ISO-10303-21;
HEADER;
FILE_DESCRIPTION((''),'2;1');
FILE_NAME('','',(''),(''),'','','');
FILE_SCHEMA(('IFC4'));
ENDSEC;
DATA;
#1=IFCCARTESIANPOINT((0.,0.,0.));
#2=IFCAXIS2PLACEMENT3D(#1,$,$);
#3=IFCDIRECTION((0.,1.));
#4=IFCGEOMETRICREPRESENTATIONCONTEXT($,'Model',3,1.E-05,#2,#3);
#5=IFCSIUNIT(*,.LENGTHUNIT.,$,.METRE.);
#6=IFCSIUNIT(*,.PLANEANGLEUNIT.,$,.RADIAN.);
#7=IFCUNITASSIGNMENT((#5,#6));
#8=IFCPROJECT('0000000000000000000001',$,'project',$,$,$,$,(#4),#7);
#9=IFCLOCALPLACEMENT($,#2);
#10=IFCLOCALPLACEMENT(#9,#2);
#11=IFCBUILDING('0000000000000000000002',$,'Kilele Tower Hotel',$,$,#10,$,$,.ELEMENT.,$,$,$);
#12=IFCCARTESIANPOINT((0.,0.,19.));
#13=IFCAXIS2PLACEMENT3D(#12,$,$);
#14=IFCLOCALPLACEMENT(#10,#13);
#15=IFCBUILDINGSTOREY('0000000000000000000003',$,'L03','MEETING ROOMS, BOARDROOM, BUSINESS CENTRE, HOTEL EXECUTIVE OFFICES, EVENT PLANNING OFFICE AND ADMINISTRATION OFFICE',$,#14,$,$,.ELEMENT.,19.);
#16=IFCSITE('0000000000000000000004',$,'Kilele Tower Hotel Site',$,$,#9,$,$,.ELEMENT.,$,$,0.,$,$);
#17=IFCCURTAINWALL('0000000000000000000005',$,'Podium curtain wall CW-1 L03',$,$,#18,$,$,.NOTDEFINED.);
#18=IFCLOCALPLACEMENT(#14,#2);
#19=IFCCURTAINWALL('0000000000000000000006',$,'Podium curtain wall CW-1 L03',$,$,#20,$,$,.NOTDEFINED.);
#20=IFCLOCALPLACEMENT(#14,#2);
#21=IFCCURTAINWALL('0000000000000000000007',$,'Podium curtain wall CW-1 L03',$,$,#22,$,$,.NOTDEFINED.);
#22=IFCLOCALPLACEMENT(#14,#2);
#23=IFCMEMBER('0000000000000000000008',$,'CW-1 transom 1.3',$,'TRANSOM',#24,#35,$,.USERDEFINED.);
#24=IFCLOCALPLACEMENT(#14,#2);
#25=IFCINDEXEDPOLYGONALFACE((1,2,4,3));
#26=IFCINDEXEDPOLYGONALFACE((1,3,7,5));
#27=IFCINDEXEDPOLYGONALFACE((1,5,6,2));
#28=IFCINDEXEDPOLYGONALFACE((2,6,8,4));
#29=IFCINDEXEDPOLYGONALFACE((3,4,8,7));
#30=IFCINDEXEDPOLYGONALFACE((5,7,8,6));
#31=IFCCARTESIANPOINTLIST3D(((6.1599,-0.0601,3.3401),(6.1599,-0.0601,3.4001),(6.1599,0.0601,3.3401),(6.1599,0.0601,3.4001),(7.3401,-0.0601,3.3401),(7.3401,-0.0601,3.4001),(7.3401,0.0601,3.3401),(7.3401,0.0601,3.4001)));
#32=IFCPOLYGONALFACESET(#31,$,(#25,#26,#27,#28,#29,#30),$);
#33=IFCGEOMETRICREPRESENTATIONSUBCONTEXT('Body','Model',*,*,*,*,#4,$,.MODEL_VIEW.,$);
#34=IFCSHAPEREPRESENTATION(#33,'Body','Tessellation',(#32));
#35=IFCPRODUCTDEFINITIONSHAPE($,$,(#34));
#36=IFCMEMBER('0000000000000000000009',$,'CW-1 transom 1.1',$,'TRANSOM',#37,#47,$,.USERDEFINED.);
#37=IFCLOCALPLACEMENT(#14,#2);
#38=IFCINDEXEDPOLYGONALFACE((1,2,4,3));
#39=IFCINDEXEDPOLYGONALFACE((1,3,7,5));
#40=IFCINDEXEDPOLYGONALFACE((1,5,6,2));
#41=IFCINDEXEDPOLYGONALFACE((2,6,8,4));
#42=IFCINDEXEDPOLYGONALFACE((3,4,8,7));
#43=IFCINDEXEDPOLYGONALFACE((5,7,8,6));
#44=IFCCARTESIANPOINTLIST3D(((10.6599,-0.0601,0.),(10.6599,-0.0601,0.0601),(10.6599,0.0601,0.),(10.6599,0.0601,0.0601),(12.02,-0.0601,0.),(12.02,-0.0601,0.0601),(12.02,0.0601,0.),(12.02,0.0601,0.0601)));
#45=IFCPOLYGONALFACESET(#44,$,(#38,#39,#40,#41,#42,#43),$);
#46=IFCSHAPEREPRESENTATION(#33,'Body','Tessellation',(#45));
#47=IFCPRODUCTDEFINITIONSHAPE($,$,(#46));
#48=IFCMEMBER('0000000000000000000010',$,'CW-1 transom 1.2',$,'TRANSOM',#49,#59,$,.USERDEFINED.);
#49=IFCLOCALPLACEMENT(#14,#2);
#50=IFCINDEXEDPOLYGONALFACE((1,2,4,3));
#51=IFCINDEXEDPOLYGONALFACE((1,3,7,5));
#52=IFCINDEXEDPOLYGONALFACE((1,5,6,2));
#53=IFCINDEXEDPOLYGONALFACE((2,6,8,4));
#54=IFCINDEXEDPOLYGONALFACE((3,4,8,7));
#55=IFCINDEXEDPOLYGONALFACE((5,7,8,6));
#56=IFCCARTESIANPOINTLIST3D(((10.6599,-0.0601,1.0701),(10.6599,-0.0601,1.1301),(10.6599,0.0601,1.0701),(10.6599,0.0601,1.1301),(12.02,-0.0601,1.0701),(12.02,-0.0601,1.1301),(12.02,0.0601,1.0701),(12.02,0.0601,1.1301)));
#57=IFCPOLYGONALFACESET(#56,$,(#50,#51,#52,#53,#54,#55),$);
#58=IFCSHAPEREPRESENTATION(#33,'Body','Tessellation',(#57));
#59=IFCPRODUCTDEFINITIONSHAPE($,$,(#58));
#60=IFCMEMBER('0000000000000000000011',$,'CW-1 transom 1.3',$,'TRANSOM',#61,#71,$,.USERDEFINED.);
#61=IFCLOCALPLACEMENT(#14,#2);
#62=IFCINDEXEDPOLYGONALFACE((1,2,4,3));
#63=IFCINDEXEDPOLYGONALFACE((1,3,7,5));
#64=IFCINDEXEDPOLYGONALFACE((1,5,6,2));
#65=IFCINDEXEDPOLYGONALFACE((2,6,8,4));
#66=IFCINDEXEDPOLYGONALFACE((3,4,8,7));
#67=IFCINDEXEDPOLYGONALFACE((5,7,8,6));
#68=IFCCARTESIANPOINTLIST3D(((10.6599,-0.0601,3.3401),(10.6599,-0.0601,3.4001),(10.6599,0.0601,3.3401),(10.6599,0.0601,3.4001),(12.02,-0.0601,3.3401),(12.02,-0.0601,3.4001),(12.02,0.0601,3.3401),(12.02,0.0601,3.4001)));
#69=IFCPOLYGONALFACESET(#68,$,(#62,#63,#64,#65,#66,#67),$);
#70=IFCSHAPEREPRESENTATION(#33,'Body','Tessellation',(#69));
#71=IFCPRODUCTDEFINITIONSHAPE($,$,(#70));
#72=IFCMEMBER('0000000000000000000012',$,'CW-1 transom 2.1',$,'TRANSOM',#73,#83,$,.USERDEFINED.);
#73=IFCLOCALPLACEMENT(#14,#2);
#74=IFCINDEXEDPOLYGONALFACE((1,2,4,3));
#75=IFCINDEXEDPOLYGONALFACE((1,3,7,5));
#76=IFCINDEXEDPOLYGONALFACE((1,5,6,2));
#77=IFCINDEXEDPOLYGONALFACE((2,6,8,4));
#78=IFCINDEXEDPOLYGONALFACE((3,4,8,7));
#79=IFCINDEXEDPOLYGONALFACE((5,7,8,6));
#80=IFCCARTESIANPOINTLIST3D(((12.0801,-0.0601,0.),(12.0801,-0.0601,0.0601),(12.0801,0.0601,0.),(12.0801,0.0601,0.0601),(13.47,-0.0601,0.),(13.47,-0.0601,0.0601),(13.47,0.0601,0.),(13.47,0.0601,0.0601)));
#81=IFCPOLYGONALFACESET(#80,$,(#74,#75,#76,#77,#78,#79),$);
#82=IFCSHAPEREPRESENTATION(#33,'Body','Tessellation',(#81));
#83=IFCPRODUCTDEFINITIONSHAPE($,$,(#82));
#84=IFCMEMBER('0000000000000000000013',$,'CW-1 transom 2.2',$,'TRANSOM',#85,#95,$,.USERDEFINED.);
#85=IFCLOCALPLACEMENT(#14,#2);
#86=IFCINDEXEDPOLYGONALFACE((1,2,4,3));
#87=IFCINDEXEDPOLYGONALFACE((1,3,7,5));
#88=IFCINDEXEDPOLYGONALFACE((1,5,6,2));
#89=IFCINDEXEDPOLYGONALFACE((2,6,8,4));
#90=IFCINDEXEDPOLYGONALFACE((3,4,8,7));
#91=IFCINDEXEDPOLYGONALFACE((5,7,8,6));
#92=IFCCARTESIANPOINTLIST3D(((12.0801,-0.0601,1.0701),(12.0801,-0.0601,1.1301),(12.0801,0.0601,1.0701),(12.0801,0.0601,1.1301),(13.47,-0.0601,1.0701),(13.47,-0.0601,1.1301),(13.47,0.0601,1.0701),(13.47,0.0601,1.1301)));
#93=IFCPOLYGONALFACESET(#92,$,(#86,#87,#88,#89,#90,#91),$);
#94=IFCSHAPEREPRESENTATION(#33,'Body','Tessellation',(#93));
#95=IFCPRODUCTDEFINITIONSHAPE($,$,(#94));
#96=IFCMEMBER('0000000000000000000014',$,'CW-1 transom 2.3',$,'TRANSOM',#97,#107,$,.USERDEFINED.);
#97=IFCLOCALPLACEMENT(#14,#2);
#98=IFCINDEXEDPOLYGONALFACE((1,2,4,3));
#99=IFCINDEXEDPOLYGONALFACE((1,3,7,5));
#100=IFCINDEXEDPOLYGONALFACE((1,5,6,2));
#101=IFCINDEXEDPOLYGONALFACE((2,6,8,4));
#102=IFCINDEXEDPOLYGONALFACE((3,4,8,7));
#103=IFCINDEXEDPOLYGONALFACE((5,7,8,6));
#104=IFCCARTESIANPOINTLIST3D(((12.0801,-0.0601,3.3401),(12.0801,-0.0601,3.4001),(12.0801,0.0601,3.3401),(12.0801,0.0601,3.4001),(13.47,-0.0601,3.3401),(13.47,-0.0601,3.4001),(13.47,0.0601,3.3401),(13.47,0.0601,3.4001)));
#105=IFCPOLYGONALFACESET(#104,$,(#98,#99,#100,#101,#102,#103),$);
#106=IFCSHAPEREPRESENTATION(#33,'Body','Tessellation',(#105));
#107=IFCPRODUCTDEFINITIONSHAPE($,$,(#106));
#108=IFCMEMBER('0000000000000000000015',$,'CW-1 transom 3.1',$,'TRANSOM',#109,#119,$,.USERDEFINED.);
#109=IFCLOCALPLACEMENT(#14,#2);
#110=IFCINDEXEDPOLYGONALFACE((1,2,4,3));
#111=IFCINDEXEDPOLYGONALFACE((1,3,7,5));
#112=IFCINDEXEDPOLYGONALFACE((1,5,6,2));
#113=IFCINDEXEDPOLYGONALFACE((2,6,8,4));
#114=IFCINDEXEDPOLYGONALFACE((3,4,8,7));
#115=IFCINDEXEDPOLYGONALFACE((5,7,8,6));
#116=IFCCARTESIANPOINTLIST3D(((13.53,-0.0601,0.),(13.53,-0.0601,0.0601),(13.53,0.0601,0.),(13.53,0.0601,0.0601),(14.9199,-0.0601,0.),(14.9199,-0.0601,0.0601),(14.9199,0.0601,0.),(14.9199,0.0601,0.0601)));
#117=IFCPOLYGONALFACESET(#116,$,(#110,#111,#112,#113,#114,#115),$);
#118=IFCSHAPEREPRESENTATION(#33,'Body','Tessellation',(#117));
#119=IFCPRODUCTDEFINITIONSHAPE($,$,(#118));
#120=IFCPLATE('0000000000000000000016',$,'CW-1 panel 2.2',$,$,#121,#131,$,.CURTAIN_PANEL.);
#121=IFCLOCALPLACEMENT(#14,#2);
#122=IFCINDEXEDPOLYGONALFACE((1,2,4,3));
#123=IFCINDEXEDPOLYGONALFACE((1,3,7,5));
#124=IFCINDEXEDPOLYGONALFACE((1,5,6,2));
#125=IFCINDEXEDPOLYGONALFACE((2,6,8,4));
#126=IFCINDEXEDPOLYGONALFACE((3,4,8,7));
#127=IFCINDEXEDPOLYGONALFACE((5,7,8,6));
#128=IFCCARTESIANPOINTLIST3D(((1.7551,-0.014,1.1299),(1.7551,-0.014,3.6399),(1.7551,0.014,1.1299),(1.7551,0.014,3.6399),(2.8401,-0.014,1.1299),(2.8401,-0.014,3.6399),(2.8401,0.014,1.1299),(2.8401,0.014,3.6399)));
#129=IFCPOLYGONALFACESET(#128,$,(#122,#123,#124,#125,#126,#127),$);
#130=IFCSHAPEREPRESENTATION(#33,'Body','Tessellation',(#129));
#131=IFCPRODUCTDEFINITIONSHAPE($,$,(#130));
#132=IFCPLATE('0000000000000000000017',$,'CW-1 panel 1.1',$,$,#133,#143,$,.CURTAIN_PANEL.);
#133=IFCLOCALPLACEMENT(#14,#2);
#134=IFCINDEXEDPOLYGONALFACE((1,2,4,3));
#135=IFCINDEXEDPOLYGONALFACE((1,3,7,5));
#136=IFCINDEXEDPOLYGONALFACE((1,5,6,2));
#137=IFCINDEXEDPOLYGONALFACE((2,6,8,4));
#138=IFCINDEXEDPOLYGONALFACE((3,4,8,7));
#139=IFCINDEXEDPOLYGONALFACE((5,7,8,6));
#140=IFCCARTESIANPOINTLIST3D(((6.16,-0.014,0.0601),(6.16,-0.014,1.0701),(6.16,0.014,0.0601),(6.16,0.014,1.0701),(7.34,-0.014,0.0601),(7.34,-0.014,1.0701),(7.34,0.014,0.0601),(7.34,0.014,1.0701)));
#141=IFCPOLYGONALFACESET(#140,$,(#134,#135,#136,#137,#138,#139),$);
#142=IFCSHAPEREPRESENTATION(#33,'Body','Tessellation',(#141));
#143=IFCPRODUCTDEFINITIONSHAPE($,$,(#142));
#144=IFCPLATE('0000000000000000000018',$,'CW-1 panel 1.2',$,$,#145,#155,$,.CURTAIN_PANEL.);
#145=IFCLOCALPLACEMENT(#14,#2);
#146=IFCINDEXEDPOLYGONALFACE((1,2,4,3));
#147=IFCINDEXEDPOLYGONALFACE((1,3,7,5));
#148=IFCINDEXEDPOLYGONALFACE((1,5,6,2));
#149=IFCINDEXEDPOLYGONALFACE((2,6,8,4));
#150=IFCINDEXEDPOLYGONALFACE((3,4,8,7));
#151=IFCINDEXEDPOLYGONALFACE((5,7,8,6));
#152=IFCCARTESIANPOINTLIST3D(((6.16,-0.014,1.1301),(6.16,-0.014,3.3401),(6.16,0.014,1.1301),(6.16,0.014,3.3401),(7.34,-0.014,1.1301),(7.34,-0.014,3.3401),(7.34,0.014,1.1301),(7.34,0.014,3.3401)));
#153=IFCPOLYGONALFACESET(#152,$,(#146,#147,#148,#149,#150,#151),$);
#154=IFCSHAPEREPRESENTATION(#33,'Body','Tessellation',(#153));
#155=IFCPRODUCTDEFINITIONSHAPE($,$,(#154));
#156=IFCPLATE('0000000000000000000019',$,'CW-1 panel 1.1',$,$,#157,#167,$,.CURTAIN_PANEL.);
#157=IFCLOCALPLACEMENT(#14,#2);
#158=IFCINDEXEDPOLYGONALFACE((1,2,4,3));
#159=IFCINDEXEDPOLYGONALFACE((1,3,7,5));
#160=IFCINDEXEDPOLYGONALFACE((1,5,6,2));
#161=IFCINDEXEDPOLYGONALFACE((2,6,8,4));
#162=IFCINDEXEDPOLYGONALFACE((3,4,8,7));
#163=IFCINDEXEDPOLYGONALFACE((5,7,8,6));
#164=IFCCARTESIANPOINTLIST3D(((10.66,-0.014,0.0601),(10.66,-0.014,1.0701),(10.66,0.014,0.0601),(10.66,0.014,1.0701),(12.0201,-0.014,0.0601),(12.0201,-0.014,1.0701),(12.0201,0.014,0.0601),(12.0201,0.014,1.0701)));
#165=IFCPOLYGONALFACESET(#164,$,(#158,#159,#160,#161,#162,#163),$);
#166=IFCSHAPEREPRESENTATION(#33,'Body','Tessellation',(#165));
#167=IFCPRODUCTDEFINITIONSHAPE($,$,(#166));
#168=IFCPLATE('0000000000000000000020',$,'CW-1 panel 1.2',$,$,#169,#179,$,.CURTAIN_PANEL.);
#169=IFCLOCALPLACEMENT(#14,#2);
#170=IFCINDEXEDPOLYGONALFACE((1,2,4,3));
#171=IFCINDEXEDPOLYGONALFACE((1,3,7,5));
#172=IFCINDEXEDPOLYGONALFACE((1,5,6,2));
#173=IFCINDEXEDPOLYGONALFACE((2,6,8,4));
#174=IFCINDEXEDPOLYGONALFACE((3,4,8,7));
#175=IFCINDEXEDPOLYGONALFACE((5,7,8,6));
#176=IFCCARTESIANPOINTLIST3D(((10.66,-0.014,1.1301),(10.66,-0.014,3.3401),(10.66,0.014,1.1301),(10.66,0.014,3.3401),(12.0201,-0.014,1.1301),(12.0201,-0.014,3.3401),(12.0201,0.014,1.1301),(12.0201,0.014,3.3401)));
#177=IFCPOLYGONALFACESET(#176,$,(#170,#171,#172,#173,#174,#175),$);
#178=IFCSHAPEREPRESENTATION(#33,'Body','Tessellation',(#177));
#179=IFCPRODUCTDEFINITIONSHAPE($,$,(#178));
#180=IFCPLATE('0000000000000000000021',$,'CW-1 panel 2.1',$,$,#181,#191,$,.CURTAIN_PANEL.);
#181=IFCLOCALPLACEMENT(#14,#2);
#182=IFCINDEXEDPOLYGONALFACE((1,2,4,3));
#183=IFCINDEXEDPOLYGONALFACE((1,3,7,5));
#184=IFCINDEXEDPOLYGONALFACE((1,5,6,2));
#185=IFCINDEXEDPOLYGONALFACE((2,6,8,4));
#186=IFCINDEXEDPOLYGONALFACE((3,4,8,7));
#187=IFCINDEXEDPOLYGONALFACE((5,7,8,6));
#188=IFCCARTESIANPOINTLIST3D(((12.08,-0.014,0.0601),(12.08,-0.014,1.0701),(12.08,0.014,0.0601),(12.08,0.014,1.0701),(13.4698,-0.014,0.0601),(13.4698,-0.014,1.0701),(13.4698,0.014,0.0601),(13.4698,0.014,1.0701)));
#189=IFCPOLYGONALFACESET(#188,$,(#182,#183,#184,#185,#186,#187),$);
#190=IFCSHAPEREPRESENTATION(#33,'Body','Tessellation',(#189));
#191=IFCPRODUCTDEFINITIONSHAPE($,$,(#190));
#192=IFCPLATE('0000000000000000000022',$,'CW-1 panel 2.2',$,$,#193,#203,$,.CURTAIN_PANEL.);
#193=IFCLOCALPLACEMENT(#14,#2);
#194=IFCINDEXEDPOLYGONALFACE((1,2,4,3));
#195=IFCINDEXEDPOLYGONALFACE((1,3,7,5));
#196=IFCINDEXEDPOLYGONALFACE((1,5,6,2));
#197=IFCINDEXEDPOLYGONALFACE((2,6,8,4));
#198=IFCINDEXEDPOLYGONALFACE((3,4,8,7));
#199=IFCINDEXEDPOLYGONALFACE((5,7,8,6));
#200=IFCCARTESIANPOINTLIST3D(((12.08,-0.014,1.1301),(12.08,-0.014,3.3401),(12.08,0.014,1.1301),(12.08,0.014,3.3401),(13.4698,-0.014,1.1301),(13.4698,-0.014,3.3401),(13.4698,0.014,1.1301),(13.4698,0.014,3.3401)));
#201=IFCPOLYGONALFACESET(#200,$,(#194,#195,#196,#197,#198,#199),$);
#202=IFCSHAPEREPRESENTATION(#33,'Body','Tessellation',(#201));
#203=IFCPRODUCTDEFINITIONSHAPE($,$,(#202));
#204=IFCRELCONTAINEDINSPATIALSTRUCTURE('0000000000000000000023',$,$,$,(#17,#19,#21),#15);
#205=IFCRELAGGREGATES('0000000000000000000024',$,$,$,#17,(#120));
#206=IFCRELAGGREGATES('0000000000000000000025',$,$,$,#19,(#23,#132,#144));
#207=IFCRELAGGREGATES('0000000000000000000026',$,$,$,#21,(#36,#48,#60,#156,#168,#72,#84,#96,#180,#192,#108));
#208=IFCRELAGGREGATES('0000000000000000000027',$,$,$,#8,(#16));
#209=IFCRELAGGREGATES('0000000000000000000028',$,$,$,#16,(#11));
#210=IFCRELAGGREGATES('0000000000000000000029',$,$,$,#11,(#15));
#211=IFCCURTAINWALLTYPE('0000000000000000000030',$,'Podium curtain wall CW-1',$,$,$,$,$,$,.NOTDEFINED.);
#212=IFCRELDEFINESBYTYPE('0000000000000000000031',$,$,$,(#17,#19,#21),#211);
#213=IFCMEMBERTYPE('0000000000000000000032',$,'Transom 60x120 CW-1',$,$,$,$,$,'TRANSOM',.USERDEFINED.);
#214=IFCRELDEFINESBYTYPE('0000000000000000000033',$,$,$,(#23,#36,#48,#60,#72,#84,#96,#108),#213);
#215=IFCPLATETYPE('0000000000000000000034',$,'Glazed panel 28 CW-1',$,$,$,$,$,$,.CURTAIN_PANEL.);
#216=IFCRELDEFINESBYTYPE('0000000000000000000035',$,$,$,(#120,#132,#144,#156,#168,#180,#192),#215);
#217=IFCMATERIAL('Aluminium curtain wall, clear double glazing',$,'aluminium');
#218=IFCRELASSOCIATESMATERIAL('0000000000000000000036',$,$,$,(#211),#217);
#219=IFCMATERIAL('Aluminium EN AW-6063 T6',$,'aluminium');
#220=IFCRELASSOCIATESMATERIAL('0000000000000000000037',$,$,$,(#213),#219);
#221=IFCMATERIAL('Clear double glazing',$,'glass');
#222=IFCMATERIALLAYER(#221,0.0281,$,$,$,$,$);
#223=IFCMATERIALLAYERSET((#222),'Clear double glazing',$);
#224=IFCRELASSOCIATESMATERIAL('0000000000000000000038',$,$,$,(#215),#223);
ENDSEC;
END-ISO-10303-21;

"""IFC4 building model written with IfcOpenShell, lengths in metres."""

from ifc_helpers import new_model, si_unit, direction, frame, origin, origin_2d, place, context, subcontext, project, spatial, rectangle, extrude, material, layer, layer_set, material_profile, profile_set, type_object, element, aggregate, save


model = new_model("IFC4")

# Units and contexts
model_context = context("Model", 3, precision=1e-05, world=origin(), true_north=direction((0.0, 1.0)))
body_context = subcontext(model_context, "Body", "Model", "MODEL_VIEW")
ifc_project = project(units=[si_unit("LENGTHUNIT", "METRE"), si_unit("PLANEANGLEUNIT", "RADIAN")], contexts=[model_context])

# Site, building, storey
site_placement = place(None, origin())
site = spatial("IfcSite", under=ifc_project, at=site_placement, Name="Kilele Tower Hotel Site", CompositionType="ELEMENT", RefElevation=0.0)
building_placement = place(site_placement, origin())
building = spatial("IfcBuilding", under=site, at=building_placement, Name="Kilele Tower Hotel", CompositionType="ELEMENT")
storey_placement = place(building_placement, frame((0.0, 0.0, 19.0)))
storey = spatial("IfcBuildingStorey", under=building, at=storey_placement, Name="L03", Description="MEETING ROOMS, BOARDROOM, BUSINESS CENTRE, HOTEL EXECUTIVE OFFICES, EVENT PLANNING OFFICE AND ADMINISTRATION OFFICE", CompositionType="ELEMENT", Elevation=19.0)

# Curtain wall
ifc_material_1 = material(Name="Aluminium curtain wall, clear double glazing", Category="aluminium")
curtain_wall_type = type_object("IfcCurtainWallType", Name="Podium curtain wall CW-1", PredefinedType="NOTDEFINED", material=ifc_material_1)
curtain_wall_1_placement = place(storey_placement, origin())
curtain_wall_1 = element("IfcCurtainWall", 1, at=curtain_wall_1_placement, inside=storey, type_object=curtain_wall_type, Name="Podium curtain wall CW-1 L03", PredefinedType="NOTDEFINED")

# Curtain walls
curtain_wall_2_placement = place(storey_placement, origin())
curtain_wall_2 = element("IfcCurtainWall", 2, at=curtain_wall_2_placement, inside=storey, type_object=curtain_wall_type, Name="Podium curtain wall CW-1 L03", PredefinedType="NOTDEFINED")
curtain_wall_3_placement = place(storey_placement, origin())
curtain_wall_3 = element("IfcCurtainWall", 3, at=curtain_wall_3_placement, inside=storey, type_object=curtain_wall_type, Name="Podium curtain wall CW-1 L03", PredefinedType="NOTDEFINED")

# Members
ifc_material_2 = material(Name="Aluminium EN AW-6063 T6", Category="aluminium")
ifc_material_profile_1 = material_profile(ifc_material_2, rectangle(XDim=0.1201, YDim=0.0601, at=origin_2d()))
ifc_profile_set_1 = profile_set([ifc_material_profile_1], Name="Aluminium EN AW-6063 T6")
member_type_1 = type_object("IfcMemberType", Name="Transom 60x120 CW-1", ElementType="TRANSOM", PredefinedType="USERDEFINED", material=ifc_profile_set_1)
member_1_placement = place(storey_placement, frame((6.1599, 0.0, 3.3701), z_axis=(1.0, 0.0, 0.0), x_axis=(0.0, 1.0, 0.0)))
member_1 = element("IfcMember", 4, at=member_1_placement, type_object=member_type_1, Name="CW-1 transom 1.3", ObjectType="TRANSOM", PredefinedType="USERDEFINED", context=body_context, shape_type="SweptSolid", body=[
    extrude(rectangle(XDim=0.1201, YDim=0.0601, at=origin_2d()), origin(), (0.0, 0.0, 1.0), 1.1802),
])
member_2_placement = place(storey_placement, frame((10.6599, 0.0, 0.03), z_axis=(1.0, 0.0, 0.0), x_axis=(0.0, 1.0, 0.0)))
member_2 = element("IfcMember", 5, at=member_2_placement, type_object=member_type_1, Name="CW-1 transom 1.1", ObjectType="TRANSOM", PredefinedType="USERDEFINED", context=body_context, shape_type="SweptSolid", body=[
    extrude(rectangle(XDim=0.1201, YDim=0.0601, at=origin_2d()), origin(), (0.0, 0.0, 1.0), 1.3601),
])
member_3_placement = place(storey_placement, frame((10.6599, 0.0, 1.1001), z_axis=(1.0, 0.0, 0.0), x_axis=(0.0, 1.0, 0.0)))
member_3 = element("IfcMember", 6, at=member_3_placement, type_object=member_type_1, Name="CW-1 transom 1.2", ObjectType="TRANSOM", PredefinedType="USERDEFINED", context=body_context, shape_type="SweptSolid", body=[
    extrude(rectangle(XDim=0.1201, YDim=0.0601, at=origin_2d()), origin(), (0.0, 0.0, 1.0), 1.3601),
])
member_4_placement = place(storey_placement, frame((10.6599, 0.0, 3.3701), z_axis=(1.0, 0.0, 0.0), x_axis=(0.0, 1.0, 0.0)))
member_4 = element("IfcMember", 7, at=member_4_placement, type_object=member_type_1, Name="CW-1 transom 1.3", ObjectType="TRANSOM", PredefinedType="USERDEFINED", context=body_context, shape_type="SweptSolid", body=[
    extrude(rectangle(XDim=0.1201, YDim=0.0601, at=origin_2d()), origin(), (0.0, 0.0, 1.0), 1.3601),
])
member_5_placement = place(storey_placement, frame((12.0801, 0.0, 0.03), z_axis=(1.0, 0.0, 0.0), x_axis=(0.0, 1.0, 0.0)))
member_5 = element("IfcMember", 8, at=member_5_placement, type_object=member_type_1, Name="CW-1 transom 2.1", ObjectType="TRANSOM", PredefinedType="USERDEFINED", context=body_context, shape_type="SweptSolid", body=[
    extrude(rectangle(XDim=0.1201, YDim=0.0601, at=origin_2d()), origin(), (0.0, 0.0, 1.0), 1.3899),
])
member_6_placement = place(storey_placement, frame((12.0801, 0.0, 1.1001), z_axis=(1.0, 0.0, 0.0), x_axis=(0.0, 1.0, 0.0)))
member_6 = element("IfcMember", 9, at=member_6_placement, type_object=member_type_1, Name="CW-1 transom 2.2", ObjectType="TRANSOM", PredefinedType="USERDEFINED", context=body_context, shape_type="SweptSolid", body=[
    extrude(rectangle(XDim=0.1201, YDim=0.0601, at=origin_2d()), origin(), (0.0, 0.0, 1.0), 1.3899),
])
member_7_placement = place(storey_placement, frame((12.0801, 0.0, 3.3701), z_axis=(1.0, 0.0, 0.0), x_axis=(0.0, 1.0, 0.0)))
member_7 = element("IfcMember", 10, at=member_7_placement, type_object=member_type_1, Name="CW-1 transom 2.3", ObjectType="TRANSOM", PredefinedType="USERDEFINED", context=body_context, shape_type="SweptSolid", body=[
    extrude(rectangle(XDim=0.1201, YDim=0.0601, at=origin_2d()), origin(), (0.0, 0.0, 1.0), 1.3899),
])
member_8_placement = place(storey_placement, frame((13.53, 0.0, 0.03), z_axis=(1.0, 0.0, 0.0), x_axis=(0.0, 1.0, 0.0)))
member_8 = element("IfcMember", 11, at=member_8_placement, type_object=member_type_1, Name="CW-1 transom 3.1", ObjectType="TRANSOM", PredefinedType="USERDEFINED", context=body_context, shape_type="SweptSolid", body=[
    extrude(rectangle(XDim=0.1201, YDim=0.0601, at=origin_2d()), origin(), (0.0, 0.0, 1.0), 1.3899),
])

# Plates
ifc_material_3 = material(Name="Clear double glazing", Category="glass")
ifc_layer = layer(ifc_material_3, 0.0281)
ifc_layer_set = layer_set([ifc_layer], Name="Clear double glazing")
plate_type = type_object("IfcPlateType", Name="Glazed panel 28 CW-1", PredefinedType="CURTAIN_PANEL", material=ifc_layer_set)
plate_1_placement = place(storey_placement, frame((2.2976, 0.0, 1.1299), z_axis=(0.0, 0.0, 1.0), x_axis=(1.0, 0.0, 0.0)))
plate_1 = element("IfcPlate", 12, at=plate_1_placement, type_object=plate_type, Name="CW-1 panel 2.2", PredefinedType="CURTAIN_PANEL", context=body_context, shape_type="SweptSolid", body=[
    extrude(rectangle(XDim=1.085, YDim=0.0281, at=origin_2d()), origin(), (0.0, 0.0, 1.0), 2.51),
])
aggregate(curtain_wall_1, [plate_1])
plate_2_placement = place(storey_placement, frame((6.75, 0.0, 0.0601), z_axis=(0.0, 0.0, 1.0), x_axis=(1.0, 0.0, 0.0)))
plate_2 = element("IfcPlate", 13, at=plate_2_placement, type_object=plate_type, Name="CW-1 panel 1.1", PredefinedType="CURTAIN_PANEL", context=body_context, shape_type="SweptSolid", body=[
    extrude(rectangle(XDim=1.1799, YDim=0.0281, at=origin_2d()), origin(), (0.0, 0.0, 1.0), 1.01),
])
plate_3_placement = place(storey_placement, frame((6.75, 0.0, 1.1301), z_axis=(0.0, 0.0, 1.0), x_axis=(1.0, 0.0, 0.0)))
plate_3 = element("IfcPlate", 14, at=plate_3_placement, type_object=plate_type, Name="CW-1 panel 1.2", PredefinedType="CURTAIN_PANEL", context=body_context, shape_type="SweptSolid", body=[
    extrude(rectangle(XDim=1.1799, YDim=0.0281, at=origin_2d()), origin(), (0.0, 0.0, 1.0), 2.21),
])
aggregate(curtain_wall_2, [member_1, plate_2, plate_3])
plate_4_placement = place(storey_placement, frame((11.3401, 0.0, 0.0601), z_axis=(0.0, 0.0, 1.0), x_axis=(1.0, 0.0, 0.0)))
plate_4 = element("IfcPlate", 15, at=plate_4_placement, type_object=plate_type, Name="CW-1 panel 1.1", PredefinedType="CURTAIN_PANEL", context=body_context, shape_type="SweptSolid", body=[
    extrude(rectangle(XDim=1.3601, YDim=0.0281, at=origin_2d()), origin(), (0.0, 0.0, 1.0), 1.01),
])
plate_5_placement = place(storey_placement, frame((11.3401, 0.0, 1.1301), z_axis=(0.0, 0.0, 1.0), x_axis=(1.0, 0.0, 0.0)))
plate_5 = element("IfcPlate", 16, at=plate_5_placement, type_object=plate_type, Name="CW-1 panel 1.2", PredefinedType="CURTAIN_PANEL", context=body_context, shape_type="SweptSolid", body=[
    extrude(rectangle(XDim=1.3601, YDim=0.0281, at=origin_2d()), origin(), (0.0, 0.0, 1.0), 2.21),
])
plate_6_placement = place(storey_placement, frame((12.7749, 0.0, 0.0601), z_axis=(0.0, 0.0, 1.0), x_axis=(1.0, 0.0, 0.0)))
plate_6 = element("IfcPlate", 17, at=plate_6_placement, type_object=plate_type, Name="CW-1 panel 2.1", PredefinedType="CURTAIN_PANEL", context=body_context, shape_type="SweptSolid", body=[
    extrude(rectangle(XDim=1.3899, YDim=0.0281, at=origin_2d()), origin(), (0.0, 0.0, 1.0), 1.01),
])
plate_7_placement = place(storey_placement, frame((12.7749, 0.0, 1.1301), z_axis=(0.0, 0.0, 1.0), x_axis=(1.0, 0.0, 0.0)))
plate_7 = element("IfcPlate", 18, at=plate_7_placement, type_object=plate_type, Name="CW-1 panel 2.2", PredefinedType="CURTAIN_PANEL", context=body_context, shape_type="SweptSolid", body=[
    extrude(rectangle(XDim=1.3899, YDim=0.0281, at=origin_2d()), origin(), (0.0, 0.0, 1.0), 2.21),
])
aggregate(curtain_wall_3, [member_2, member_3, member_4, plate_4, plate_5, member_5, member_6, member_7, plate_6, plate_7, member_8])

save(model, "model.ifc")
